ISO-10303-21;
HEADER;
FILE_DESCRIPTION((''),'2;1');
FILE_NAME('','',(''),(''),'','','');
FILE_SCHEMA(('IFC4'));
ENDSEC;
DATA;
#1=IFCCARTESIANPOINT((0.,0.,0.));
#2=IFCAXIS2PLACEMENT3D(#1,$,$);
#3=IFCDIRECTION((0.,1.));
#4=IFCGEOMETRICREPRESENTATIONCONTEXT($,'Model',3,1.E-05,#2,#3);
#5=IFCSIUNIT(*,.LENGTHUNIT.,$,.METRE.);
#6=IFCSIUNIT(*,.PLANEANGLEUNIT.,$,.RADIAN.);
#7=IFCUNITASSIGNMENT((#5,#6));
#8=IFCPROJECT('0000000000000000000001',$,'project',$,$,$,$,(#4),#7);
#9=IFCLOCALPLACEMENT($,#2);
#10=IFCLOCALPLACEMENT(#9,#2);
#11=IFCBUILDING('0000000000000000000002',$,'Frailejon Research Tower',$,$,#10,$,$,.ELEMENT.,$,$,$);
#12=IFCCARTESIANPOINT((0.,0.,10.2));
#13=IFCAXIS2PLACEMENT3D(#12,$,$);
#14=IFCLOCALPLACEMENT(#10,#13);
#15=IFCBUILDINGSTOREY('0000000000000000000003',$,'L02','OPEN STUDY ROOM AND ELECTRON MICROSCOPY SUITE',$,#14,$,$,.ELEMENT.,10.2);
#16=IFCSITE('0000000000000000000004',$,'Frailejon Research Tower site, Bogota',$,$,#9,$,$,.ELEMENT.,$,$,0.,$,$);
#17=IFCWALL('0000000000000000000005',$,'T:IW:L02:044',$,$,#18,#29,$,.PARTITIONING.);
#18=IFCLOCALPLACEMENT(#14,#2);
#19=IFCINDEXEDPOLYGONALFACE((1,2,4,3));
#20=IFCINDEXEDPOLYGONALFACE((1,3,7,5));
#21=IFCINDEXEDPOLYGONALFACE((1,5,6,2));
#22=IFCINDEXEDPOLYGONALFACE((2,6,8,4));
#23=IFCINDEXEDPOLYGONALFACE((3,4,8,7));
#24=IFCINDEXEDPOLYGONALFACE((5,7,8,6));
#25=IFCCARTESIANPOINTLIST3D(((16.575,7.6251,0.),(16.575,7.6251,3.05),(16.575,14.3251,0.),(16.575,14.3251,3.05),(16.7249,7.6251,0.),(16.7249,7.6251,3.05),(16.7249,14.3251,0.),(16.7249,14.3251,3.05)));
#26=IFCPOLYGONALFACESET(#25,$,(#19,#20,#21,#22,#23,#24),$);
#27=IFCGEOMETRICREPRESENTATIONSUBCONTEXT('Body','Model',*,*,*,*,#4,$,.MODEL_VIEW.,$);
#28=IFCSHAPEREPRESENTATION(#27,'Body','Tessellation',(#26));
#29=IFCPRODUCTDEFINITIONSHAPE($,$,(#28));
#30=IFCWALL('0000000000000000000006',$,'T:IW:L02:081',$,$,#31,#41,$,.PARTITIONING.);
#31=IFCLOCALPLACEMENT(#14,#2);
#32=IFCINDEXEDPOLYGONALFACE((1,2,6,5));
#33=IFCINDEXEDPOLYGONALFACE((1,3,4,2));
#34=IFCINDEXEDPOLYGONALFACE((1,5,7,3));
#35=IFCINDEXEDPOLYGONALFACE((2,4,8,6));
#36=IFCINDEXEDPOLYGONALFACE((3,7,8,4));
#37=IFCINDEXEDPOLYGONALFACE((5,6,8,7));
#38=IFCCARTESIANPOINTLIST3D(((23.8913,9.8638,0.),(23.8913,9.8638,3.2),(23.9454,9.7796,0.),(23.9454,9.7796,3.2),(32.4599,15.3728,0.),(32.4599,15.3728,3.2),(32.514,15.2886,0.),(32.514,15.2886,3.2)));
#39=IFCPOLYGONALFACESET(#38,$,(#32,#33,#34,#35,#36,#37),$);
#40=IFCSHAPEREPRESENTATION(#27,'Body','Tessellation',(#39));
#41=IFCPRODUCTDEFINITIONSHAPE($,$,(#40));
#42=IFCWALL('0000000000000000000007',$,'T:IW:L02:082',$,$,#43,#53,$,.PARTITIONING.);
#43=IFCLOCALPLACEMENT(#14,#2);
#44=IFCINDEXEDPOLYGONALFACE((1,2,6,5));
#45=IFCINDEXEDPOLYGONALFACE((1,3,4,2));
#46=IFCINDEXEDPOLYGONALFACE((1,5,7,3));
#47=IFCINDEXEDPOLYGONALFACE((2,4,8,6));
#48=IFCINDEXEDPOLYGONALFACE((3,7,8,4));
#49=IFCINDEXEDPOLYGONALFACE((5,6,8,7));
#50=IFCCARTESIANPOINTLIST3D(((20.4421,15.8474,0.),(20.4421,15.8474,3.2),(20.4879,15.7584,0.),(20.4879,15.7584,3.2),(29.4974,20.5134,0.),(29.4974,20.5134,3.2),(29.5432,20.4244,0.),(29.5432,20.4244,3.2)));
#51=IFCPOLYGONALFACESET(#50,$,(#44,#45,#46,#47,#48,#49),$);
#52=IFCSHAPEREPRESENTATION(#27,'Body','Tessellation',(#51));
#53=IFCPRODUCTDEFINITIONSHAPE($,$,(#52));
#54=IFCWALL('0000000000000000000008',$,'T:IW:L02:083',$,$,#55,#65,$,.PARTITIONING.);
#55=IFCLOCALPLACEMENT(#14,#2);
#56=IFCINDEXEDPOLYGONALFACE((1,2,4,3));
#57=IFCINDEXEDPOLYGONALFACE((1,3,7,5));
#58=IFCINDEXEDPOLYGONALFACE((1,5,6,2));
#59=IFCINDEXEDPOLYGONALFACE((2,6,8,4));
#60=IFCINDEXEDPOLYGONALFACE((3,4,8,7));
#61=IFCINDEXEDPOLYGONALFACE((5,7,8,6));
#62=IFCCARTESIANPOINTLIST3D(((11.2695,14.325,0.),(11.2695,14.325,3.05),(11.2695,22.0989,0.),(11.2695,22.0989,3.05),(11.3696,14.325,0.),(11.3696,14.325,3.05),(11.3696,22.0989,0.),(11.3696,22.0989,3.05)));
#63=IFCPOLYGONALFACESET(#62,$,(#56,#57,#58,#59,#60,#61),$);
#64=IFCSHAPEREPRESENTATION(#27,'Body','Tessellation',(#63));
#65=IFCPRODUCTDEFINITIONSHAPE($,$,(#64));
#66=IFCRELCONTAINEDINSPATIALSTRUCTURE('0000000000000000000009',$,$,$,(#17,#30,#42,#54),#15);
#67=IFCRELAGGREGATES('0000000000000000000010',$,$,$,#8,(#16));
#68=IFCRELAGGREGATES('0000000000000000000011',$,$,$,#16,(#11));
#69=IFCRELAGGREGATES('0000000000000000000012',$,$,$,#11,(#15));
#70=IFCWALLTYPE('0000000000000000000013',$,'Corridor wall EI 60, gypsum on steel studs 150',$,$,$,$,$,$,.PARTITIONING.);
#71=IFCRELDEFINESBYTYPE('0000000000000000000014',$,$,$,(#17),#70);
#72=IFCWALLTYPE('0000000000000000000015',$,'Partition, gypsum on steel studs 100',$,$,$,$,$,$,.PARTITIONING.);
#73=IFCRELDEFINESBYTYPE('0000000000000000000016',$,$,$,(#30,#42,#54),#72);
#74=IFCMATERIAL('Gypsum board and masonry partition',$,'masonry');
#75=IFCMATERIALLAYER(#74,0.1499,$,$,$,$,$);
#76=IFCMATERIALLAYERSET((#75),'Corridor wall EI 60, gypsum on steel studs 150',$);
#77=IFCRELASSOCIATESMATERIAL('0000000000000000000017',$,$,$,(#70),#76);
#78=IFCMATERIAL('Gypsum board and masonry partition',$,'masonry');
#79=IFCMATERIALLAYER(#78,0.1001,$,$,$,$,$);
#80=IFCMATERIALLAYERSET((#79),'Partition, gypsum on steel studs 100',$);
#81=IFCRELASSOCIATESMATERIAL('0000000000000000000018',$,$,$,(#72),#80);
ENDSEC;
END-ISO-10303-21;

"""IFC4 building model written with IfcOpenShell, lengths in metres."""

from ifc_helpers import new_model, si_unit, direction, frame, frame_2d, origin, place, context, subcontext, project, spatial, rectangle, extrude, material, layer, layer_set, type_object, element, save


model = new_model("IFC4")

# Units and contexts
model_context = context("Model", 3, precision=1e-05, world=origin(), true_north=direction((0.0, 1.0)))
body_context = subcontext(model_context, "Body", "Model", "MODEL_VIEW")
ifc_project = project(units=[si_unit("LENGTHUNIT", "METRE"), si_unit("PLANEANGLEUNIT", "RADIAN")], contexts=[model_context])

# Site, building, storey
site_placement = place(None, origin())
site = spatial("IfcSite", under=ifc_project, at=site_placement, Name="Frailejon Research Tower site, Bogota", CompositionType="ELEMENT", RefElevation=0.0)
building_placement = place(site_placement, origin())
building = spatial("IfcBuilding", under=site, at=building_placement, Name="Frailejon Research Tower", CompositionType="ELEMENT")
storey_placement = place(building_placement, frame((0.0, 0.0, 10.2)))
storey = spatial("IfcBuildingStorey", under=building, at=storey_placement, Name="L02", Description="OPEN STUDY ROOM AND ELECTRON MICROSCOPY SUITE", CompositionType="ELEMENT", Elevation=10.2)

# Walls
ifc_material_1 = material(Name="Gypsum board and masonry partition", Category="masonry")
ifc_layer_1 = layer(ifc_material_1, 0.1499)
ifc_layer_set_1 = layer_set([ifc_layer_1], Name="Corridor wall EI 60, gypsum on steel studs 150")
wall_type_1 = type_object("IfcWallType", Name="Corridor wall EI 60, gypsum on steel studs 150", PredefinedType="PARTITIONING", material=ifc_layer_set_1)
wall_1_placement = place(storey_placement, frame((16.6499, 7.625, 0.0), z_axis=(0.0, 0.0, 1.0), x_axis=(0.0, 1.0, 0.0)))
element("IfcWall", 1, at=wall_1_placement, inside=storey, type_object=wall_type_1, Name="T:IW:L02:044", PredefinedType="PARTITIONING", context=body_context, shape_type="SweptSolid", body=[
    extrude(rectangle(XDim=6.7, YDim=0.1499, at=frame_2d((3.3501, 0.0))), origin(), (0.0, 0.0, 1.0), 3.05),
])
ifc_material_2 = material(Name="Gypsum board and masonry partition", Category="masonry")
ifc_layer_2 = layer(ifc_material_2, 0.1001)
ifc_layer_set_2 = layer_set([ifc_layer_2], Name="Partition, gypsum on steel studs 100")
wall_type_2 = type_object("IfcWallType", Name="Partition, gypsum on steel studs 100", PredefinedType="PARTITIONING", material=ifc_layer_set_2)
for number, where, z_axis, x_axis, name in (
    (2, (23.9185, 9.8218, 0.0), (0.0, 0.0, 1.0), (0.84115, 0.540802, 0.0), "T:IW:L02:081"),
    (3, (20.4651, 15.803, 0.0), (0.0, 0.0, 1.0), (0.88893, 0.458042, 0.0), "T:IW:L02:082"),
):
    element("IfcWall", number, at=place(storey_placement, frame(where, z_axis=z_axis, x_axis=x_axis)), inside=storey, type_object=wall_type_2, Name=name, PredefinedType="PARTITIONING", context=body_context, shape_type="SweptSolid", body=[
        extrude(rectangle(XDim=10.1868, YDim=0.1001, at=frame_2d((5.0933, 0.0))), origin(), (0.0, 0.0, 1.0), 3.2),
    ])
wall_2_placement = place(storey_placement, frame((11.3196, 14.325, 0.0), z_axis=(0.0, 0.0, 1.0), x_axis=(0.0, 1.0, 0.0)))
element("IfcWall", 4, at=wall_2_placement, inside=storey, type_object=wall_type_2, Name="T:IW:L02:083", PredefinedType="PARTITIONING", context=body_context, shape_type="SweptSolid", body=[
    extrude(rectangle(XDim=7.7739, YDim=0.1001, at=frame_2d((3.887, 0.0))), origin(), (0.0, 0.0, 1.0), 3.05),
])

save(model, "model.ifc")
